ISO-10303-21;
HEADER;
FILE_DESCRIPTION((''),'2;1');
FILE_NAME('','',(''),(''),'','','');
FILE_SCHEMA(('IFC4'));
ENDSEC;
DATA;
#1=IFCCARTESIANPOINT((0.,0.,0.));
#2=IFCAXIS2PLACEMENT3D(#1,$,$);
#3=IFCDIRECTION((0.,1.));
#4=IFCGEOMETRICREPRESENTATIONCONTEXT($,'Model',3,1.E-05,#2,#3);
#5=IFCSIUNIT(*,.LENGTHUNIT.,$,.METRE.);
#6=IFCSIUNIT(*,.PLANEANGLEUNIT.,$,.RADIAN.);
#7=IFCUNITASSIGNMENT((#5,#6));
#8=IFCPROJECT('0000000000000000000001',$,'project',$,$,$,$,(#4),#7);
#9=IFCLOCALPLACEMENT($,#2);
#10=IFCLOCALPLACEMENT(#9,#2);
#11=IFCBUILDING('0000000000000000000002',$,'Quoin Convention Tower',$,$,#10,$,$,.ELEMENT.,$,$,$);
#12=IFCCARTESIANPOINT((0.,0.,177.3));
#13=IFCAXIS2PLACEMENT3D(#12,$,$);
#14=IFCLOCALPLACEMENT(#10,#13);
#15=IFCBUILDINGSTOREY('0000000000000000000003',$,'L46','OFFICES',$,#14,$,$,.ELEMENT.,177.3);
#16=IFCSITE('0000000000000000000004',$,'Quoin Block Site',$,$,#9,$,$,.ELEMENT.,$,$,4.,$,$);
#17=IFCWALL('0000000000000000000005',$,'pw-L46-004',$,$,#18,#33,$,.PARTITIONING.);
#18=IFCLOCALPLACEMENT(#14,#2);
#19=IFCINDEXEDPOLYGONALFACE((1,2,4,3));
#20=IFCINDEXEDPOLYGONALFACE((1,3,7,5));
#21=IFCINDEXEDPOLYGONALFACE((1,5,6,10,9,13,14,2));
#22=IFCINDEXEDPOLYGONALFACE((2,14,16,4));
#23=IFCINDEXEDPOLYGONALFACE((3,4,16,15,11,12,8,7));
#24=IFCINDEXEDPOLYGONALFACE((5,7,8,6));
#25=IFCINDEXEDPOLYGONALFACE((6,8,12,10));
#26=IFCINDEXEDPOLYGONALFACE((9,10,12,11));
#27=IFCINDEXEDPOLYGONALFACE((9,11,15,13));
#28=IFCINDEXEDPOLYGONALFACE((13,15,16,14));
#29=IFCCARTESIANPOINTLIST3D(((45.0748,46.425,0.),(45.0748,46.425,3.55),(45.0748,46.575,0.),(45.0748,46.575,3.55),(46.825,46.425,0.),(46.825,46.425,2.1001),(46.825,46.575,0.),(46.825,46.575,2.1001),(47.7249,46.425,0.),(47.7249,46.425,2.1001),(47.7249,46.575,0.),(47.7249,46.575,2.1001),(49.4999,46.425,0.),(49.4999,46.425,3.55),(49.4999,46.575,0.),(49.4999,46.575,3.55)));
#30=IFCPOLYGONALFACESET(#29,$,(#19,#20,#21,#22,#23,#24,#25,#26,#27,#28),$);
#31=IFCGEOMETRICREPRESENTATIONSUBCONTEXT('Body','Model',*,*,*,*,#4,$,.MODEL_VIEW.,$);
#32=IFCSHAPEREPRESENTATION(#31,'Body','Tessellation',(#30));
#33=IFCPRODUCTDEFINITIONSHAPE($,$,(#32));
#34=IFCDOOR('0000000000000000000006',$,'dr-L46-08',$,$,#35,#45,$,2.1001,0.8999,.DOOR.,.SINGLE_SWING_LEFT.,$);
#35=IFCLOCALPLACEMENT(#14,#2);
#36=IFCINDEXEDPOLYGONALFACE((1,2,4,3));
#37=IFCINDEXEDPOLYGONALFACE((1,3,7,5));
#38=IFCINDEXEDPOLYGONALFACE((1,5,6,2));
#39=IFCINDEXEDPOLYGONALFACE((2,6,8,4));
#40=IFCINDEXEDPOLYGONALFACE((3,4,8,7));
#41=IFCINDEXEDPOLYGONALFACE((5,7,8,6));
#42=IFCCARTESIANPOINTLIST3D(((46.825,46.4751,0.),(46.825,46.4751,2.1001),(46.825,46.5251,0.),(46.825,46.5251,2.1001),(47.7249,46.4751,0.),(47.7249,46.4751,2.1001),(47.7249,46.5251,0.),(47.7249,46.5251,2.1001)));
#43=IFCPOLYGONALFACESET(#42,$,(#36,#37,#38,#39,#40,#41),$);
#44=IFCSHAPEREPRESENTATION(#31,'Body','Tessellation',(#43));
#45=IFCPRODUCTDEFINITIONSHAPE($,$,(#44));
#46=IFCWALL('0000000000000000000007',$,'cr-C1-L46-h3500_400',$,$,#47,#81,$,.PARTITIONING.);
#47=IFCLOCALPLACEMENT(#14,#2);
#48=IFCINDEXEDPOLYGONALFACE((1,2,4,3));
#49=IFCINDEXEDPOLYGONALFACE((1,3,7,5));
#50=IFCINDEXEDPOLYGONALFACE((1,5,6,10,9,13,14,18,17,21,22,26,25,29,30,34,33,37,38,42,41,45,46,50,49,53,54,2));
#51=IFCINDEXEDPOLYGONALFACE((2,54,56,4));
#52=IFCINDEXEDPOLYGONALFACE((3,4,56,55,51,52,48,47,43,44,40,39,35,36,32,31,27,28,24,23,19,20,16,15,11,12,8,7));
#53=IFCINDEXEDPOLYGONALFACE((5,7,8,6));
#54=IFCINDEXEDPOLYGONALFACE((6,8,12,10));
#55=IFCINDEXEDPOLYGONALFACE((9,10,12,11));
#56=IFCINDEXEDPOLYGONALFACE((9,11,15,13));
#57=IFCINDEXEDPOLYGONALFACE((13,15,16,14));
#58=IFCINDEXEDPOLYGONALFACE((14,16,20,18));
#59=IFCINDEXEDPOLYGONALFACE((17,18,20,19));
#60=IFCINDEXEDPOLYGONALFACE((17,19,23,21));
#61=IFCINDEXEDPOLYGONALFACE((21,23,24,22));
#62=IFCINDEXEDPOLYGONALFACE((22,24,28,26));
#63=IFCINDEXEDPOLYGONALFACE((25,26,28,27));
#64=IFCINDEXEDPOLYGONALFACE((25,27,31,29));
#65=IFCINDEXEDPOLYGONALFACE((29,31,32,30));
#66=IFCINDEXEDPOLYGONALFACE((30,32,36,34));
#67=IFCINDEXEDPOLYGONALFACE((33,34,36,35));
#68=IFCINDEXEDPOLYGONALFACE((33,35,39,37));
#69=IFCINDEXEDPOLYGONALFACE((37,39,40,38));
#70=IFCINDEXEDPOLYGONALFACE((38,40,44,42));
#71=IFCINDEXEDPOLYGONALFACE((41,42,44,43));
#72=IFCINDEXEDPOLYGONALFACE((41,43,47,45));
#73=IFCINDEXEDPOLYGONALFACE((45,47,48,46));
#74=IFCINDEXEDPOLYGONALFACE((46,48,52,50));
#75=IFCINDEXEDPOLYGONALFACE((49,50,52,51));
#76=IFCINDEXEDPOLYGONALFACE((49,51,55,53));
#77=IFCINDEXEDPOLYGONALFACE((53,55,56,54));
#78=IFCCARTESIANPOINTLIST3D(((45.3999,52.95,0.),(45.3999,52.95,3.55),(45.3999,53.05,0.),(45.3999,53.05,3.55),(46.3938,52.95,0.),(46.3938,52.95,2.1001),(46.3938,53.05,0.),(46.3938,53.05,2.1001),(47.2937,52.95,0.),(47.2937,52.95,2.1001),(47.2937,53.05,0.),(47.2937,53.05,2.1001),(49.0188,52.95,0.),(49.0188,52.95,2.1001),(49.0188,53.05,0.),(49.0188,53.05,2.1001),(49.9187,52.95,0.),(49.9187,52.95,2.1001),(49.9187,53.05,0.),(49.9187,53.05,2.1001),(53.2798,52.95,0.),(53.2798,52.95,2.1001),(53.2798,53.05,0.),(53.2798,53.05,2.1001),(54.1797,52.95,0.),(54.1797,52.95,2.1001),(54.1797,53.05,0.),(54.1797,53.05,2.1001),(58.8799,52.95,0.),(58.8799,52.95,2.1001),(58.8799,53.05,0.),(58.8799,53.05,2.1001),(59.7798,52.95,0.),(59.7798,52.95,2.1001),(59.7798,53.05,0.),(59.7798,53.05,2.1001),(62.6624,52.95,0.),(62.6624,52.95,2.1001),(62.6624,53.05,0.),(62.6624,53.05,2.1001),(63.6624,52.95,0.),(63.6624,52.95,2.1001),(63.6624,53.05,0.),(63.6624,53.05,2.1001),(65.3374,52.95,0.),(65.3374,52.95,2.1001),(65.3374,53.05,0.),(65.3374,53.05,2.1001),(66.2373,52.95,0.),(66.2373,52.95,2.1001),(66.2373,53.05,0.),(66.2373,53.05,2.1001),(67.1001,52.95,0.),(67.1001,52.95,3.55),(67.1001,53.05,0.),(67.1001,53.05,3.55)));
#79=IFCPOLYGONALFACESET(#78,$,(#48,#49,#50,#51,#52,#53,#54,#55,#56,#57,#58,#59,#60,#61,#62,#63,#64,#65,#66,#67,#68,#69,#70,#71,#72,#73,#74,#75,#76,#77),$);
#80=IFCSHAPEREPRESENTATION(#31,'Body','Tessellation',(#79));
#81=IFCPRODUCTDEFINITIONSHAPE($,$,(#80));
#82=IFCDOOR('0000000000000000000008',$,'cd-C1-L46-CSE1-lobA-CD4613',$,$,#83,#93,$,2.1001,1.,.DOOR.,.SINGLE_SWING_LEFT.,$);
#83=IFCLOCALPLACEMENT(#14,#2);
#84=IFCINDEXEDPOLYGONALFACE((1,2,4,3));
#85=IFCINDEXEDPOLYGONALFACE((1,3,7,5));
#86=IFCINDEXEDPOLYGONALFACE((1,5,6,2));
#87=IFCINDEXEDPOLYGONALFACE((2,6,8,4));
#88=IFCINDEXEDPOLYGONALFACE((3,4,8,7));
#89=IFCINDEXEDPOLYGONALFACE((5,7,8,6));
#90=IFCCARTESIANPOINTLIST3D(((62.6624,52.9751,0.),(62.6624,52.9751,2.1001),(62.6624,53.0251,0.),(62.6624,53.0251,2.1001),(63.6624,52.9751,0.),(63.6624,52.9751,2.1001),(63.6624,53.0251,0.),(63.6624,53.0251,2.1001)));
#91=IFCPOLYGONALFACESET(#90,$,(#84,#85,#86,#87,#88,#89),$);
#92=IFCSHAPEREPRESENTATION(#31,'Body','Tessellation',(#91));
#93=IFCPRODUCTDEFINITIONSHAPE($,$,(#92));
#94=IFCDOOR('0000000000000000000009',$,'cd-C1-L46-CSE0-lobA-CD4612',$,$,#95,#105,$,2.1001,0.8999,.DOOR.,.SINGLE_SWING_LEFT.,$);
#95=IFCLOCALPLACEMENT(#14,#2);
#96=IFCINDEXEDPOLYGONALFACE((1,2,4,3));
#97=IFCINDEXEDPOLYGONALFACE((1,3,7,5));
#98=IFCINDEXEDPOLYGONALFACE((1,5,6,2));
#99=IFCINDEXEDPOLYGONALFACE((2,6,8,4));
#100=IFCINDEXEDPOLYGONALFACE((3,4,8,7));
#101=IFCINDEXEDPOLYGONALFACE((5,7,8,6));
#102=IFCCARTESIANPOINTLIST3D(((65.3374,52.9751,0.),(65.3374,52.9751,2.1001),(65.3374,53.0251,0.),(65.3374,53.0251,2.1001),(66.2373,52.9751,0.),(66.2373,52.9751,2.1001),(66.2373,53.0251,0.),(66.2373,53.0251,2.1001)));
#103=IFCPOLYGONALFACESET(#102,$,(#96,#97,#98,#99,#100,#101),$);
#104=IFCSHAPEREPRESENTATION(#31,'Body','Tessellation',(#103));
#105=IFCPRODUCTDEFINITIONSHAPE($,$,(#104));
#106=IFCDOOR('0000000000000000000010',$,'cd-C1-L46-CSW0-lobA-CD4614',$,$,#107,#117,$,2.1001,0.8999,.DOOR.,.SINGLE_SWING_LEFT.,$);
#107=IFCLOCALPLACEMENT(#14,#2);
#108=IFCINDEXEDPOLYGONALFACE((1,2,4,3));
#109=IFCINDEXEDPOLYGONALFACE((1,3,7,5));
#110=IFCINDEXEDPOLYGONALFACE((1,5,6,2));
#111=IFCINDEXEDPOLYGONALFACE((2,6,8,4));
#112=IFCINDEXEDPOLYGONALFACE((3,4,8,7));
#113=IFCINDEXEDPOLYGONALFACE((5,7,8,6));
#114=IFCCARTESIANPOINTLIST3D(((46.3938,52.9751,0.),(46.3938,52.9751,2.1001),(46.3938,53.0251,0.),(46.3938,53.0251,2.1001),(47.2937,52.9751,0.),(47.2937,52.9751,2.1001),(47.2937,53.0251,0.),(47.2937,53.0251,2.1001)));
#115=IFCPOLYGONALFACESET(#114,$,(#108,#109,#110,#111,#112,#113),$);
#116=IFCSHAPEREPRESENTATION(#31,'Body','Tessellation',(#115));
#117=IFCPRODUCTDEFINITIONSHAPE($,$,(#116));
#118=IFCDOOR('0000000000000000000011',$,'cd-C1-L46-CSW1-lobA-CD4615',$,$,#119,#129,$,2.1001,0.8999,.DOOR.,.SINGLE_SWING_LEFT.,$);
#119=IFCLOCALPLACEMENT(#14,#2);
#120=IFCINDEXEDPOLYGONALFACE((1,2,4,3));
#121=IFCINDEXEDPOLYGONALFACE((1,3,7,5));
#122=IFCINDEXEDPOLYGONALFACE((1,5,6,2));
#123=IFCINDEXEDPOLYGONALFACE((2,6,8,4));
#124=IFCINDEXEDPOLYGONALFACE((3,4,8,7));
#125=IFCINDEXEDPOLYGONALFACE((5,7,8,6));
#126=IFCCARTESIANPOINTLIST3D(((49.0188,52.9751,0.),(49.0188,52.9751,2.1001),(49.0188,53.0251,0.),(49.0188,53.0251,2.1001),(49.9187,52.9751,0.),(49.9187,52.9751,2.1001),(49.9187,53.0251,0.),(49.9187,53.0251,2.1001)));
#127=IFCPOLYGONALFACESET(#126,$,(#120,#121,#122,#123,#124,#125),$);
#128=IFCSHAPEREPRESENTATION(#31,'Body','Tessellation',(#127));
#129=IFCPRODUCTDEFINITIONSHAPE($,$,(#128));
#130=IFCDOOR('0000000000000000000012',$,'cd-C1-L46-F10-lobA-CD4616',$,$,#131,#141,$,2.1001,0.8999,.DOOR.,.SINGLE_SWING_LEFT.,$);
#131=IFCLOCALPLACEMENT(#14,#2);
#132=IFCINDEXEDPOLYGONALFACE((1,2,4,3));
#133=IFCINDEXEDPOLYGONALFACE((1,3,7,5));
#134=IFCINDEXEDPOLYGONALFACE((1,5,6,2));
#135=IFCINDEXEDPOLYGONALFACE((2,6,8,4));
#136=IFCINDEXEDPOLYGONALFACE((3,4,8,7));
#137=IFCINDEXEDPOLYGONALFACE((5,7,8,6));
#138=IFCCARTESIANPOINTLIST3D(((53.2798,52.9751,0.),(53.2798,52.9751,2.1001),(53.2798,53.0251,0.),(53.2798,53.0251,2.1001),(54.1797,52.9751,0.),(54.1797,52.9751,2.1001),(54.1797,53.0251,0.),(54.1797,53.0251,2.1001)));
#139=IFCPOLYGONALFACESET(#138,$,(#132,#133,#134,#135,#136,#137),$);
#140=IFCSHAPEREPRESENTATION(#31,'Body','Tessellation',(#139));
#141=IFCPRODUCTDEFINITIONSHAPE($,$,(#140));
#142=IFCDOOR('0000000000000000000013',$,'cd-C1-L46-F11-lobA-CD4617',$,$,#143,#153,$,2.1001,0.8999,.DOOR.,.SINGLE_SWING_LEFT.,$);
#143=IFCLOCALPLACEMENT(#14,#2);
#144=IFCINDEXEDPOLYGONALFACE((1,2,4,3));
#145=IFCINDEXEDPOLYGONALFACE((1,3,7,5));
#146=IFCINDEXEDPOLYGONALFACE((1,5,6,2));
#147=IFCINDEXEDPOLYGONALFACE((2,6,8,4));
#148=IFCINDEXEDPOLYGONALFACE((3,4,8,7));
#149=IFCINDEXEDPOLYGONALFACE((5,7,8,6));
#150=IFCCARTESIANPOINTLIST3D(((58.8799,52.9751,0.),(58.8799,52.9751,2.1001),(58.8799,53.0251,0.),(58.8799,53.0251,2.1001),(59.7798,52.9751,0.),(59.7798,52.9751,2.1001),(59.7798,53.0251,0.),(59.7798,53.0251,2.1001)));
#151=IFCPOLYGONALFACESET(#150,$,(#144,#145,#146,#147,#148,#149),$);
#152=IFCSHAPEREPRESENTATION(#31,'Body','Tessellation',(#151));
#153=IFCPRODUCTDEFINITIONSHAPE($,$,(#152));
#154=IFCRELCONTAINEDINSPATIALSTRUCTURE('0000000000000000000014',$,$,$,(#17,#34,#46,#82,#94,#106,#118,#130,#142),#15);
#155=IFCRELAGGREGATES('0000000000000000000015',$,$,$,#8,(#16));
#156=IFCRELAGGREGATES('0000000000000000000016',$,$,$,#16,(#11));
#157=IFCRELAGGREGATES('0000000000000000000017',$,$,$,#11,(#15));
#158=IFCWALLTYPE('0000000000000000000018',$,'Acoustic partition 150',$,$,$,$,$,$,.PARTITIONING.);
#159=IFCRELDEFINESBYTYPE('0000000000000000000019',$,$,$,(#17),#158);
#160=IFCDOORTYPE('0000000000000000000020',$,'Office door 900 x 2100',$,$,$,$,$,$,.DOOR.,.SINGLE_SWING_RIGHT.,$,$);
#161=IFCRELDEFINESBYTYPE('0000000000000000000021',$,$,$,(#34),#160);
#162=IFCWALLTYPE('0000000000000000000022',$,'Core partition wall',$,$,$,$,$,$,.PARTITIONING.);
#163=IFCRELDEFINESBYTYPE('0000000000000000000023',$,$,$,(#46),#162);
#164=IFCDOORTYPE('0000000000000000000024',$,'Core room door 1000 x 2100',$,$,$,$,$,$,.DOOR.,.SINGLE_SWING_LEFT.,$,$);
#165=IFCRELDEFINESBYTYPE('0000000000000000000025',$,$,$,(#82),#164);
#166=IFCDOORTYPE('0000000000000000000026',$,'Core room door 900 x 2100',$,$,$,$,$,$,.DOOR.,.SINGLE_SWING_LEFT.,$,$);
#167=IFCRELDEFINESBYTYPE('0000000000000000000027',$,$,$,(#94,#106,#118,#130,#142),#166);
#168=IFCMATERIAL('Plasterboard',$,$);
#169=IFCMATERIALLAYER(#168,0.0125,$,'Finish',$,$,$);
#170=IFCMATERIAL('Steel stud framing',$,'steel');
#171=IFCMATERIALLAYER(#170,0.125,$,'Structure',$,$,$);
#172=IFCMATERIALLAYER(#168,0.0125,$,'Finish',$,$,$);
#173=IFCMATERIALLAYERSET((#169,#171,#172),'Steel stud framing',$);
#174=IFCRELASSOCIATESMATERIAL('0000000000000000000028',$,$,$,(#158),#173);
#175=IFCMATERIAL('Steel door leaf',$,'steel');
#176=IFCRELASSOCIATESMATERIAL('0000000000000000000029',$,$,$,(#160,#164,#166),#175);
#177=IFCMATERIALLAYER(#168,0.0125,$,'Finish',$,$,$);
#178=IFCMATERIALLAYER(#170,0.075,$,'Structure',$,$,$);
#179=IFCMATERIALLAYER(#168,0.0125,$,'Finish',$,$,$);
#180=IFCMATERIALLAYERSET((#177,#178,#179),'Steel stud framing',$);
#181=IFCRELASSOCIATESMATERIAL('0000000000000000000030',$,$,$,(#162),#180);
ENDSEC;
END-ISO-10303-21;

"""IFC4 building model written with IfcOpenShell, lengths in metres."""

from ifc_helpers import new_model, si_unit, direction, frame, frame_2d, origin, place, context, subcontext, project, spatial, rectangle, extrude, material, layer, layer_set, type_object, element, fill, save


model = new_model("IFC4")

# Units and contexts
model_context = context("Model", 3, precision=1e-05, world=origin(), true_north=direction((0.0, 1.0)))
body_context = subcontext(model_context, "Body", "Model", "MODEL_VIEW")
ifc_project = project(units=[si_unit("LENGTHUNIT", "METRE"), si_unit("PLANEANGLEUNIT", "RADIAN")], contexts=[model_context])

# Site, building, storey
site_placement = place(None, origin())
site = spatial("IfcSite", under=ifc_project, at=site_placement, Name="Quoin Block Site", CompositionType="ELEMENT", RefElevation=4.0)
building_placement = place(site_placement, origin())
building = spatial("IfcBuilding", under=site, at=building_placement, Name="Quoin Convention Tower", CompositionType="ELEMENT")
storey_placement = place(building_placement, frame((0.0, 0.0, 177.3)))
storey = spatial("IfcBuildingStorey", under=building, at=storey_placement, Name="L46", Description="OFFICES", CompositionType="ELEMENT", Elevation=177.3)

# Wall, opening, door
ifc_material_1 = material(Name="Plasterboard")
ifc_layer_1 = layer(ifc_material_1, 0.0125, Name="Finish")
ifc_material_2 = material(Name="Steel stud framing", Category="steel")
ifc_layer_2 = layer(ifc_material_2, 0.125, Name="Structure")
ifc_layer_3 = layer(ifc_material_1, 0.0125, Name="Finish")
ifc_layer_set_1 = layer_set([ifc_layer_1, ifc_layer_2, ifc_layer_3], Name="Steel stud framing")
wall_type_1 = type_object("IfcWallType", Name="Acoustic partition 150", PredefinedType="PARTITIONING", material=ifc_layer_set_1)
wall_1_placement = place(storey_placement, frame((45.075, 46.5, 0.0), z_axis=(0.0, 0.0, 1.0), x_axis=(1.0, 0.0, 0.0)))
wall_1 = element("IfcWall", 1, at=wall_1_placement, inside=storey, type_object=wall_type_1, Name="pw-L46-004", PredefinedType="PARTITIONING", context=body_context, shape_type="SweptSolid", body=[
    extrude(rectangle(XDim=4.425, YDim=0.1499, at=frame_2d((2.2124, 0.0))), origin(), (0.0, 0.0, 1.0), 3.55),
])
opening_1_placement = place(wall_1_placement, frame((1.75, 0.0, 0.0)))
opening_1 = element("IfcOpeningElement", 2, at=opening_1_placement, cuts=wall_1, PredefinedType="OPENING", context=body_context, shape_type="SweptSolid", body=[
    extrude(rectangle(XDim=0.8999, YDim=2.1001, at=frame_2d((0.45, 1.05))), frame((0.0, 0.085, 0.0), z_axis=(0.0, -1.0, 0.0), x_axis=(1.0, 0.0, 0.0)), (0.0, 0.0, 1.0), 0.1699),
])
ifc_material_3 = material(Name="Steel door leaf", Category="steel")
door_type_1 = type_object("IfcDoorType", Name="Office door 900 x 2100", OperationType="SINGLE_SWING_RIGHT", PredefinedType="DOOR", material=ifc_material_3)
door_1_placement = place(opening_1_placement, frame((0.8999, 0.0, 0.0), z_axis=(0.0, 0.0, 1.0), x_axis=(-1.0, 0.0, 0.0)))
door_1 = element("IfcDoor", 3, at=door_1_placement, inside=storey, type_object=door_type_1, Name="dr-L46-08", OperationType="SINGLE_SWING_LEFT", OverallHeight=2.1001, OverallWidth=0.8999, PredefinedType="DOOR", context=body_context, shape_type="SweptSolid", body=[
    extrude(rectangle(XDim=0.8999, YDim=2.1001, at=frame_2d((0.45, 1.05))), frame((0.0, 0.0249, 0.0), z_axis=(0.0, -1.0, 0.0), x_axis=(1.0, 0.0, 0.0)), (0.0, 0.0, 1.0), 0.05),
])
fill(opening_1, door_1)

# Wall, openings, doors
ifc_layer_4 = layer(ifc_material_1, 0.0125, Name="Finish")
ifc_layer_5 = layer(ifc_material_2, 0.075, Name="Structure")
ifc_layer_6 = layer(ifc_material_1, 0.0125, Name="Finish")
ifc_layer_set_2 = layer_set([ifc_layer_4, ifc_layer_5, ifc_layer_6], Name="Steel stud framing")
wall_type_2 = type_object("IfcWallType", Name="Core partition wall", PredefinedType="PARTITIONING", material=ifc_layer_set_2)
wall_2_placement = place(storey_placement, frame((45.3999, 53.0, 0.0), z_axis=(0.0, 0.0, 1.0), x_axis=(1.0, 0.0, 0.0)))
wall_2 = element("IfcWall", 4, at=wall_2_placement, inside=storey, type_object=wall_type_2, Name="cr-C1-L46-h3500_400", PredefinedType="PARTITIONING", context=body_context, shape_type="SweptSolid", body=[
    extrude(rectangle(XDim=21.7002, YDim=0.1001, at=frame_2d((10.8501, 0.0))), origin(), (0.0, 0.0, 1.0), 3.55),
])
opening_2_placement = place(wall_2_placement, frame((19.9375, 0.0, 0.0)))
opening_2 = element("IfcOpeningElement", 5, at=opening_2_placement, cuts=wall_2, PredefinedType="OPENING", context=body_context, shape_type="SweptSolid", body=[
    extrude(rectangle(XDim=0.8999, YDim=2.1001, at=frame_2d((0.45, 1.05))), frame((0.0, 0.0601, 0.0), z_axis=(0.0, -1.0, 0.0), x_axis=(1.0, 0.0, 0.0)), (0.0, 0.0, 1.0), 0.1201),
])
opening_3_placement = place(wall_2_placement, frame((17.2625, 0.0, 0.0)))
opening_3 = element("IfcOpeningElement", 6, at=opening_3_placement, cuts=wall_2, PredefinedType="OPENING", context=body_context, shape_type="SweptSolid", body=[
    extrude(rectangle(XDim=1.0, YDim=2.1001, at=frame_2d((0.5, 1.05))), frame((0.0, 0.0601, 0.0), z_axis=(0.0, -1.0, 0.0), x_axis=(1.0, 0.0, 0.0)), (0.0, 0.0, 1.0), 0.1201),
])
opening_4_placement = place(wall_2_placement, frame((0.9939, 0.0, 0.0)))
opening_4 = element("IfcOpeningElement", 7, at=opening_4_placement, cuts=wall_2, PredefinedType="OPENING", context=body_context, shape_type="SweptSolid", body=[
    extrude(rectangle(XDim=0.8999, YDim=2.1001, at=frame_2d((0.45, 1.05))), frame((0.0, 0.0601, 0.0), z_axis=(0.0, -1.0, 0.0), x_axis=(1.0, 0.0, 0.0)), (0.0, 0.0, 1.0), 0.1201),
])
opening_5_placement = place(wall_2_placement, frame((3.6189, 0.0, 0.0)))
opening_5 = element("IfcOpeningElement", 8, at=opening_5_placement, cuts=wall_2, PredefinedType="OPENING", context=body_context, shape_type="SweptSolid", body=[
    extrude(rectangle(XDim=0.8999, YDim=2.1001, at=frame_2d((0.45, 1.05))), frame((0.0, 0.0601, 0.0), z_axis=(0.0, -1.0, 0.0), x_axis=(1.0, 0.0, 0.0)), (0.0, 0.0, 1.0), 0.1201),
])
opening_6_placement = place(wall_2_placement, frame((7.8799, 0.0, 0.0)))
opening_6 = element("IfcOpeningElement", 9, at=opening_6_placement, cuts=wall_2, PredefinedType="OPENING", context=body_context, shape_type="SweptSolid", body=[
    extrude(rectangle(XDim=0.8999, YDim=2.1001, at=frame_2d((0.45, 1.05))), frame((0.0, 0.0601, 0.0), z_axis=(0.0, -1.0, 0.0), x_axis=(1.0, 0.0, 0.0)), (0.0, 0.0, 1.0), 0.1201),
])
opening_7_placement = place(wall_2_placement, frame((13.48, 0.0, 0.0)))
opening_7 = element("IfcOpeningElement", 10, at=opening_7_placement, cuts=wall_2, PredefinedType="OPENING", context=body_context, shape_type="SweptSolid", body=[
    extrude(rectangle(XDim=0.8999, YDim=2.1001, at=frame_2d((0.45, 1.05))), frame((0.0, 0.0601, 0.0), z_axis=(0.0, -1.0, 0.0), x_axis=(1.0, 0.0, 0.0)), (0.0, 0.0, 1.0), 0.1201),
])
door_type_2 = type_object("IfcDoorType", Name="Core room door 1000 x 2100", OperationType="SINGLE_SWING_LEFT", PredefinedType="DOOR", material=ifc_material_3)
door_2_placement = place(opening_3_placement, frame((1.0, 0.0, 0.0), z_axis=(0.0, 0.0, 1.0), x_axis=(-1.0, 0.0, 0.0)))
door_2 = element("IfcDoor", 11, at=door_2_placement, inside=storey, type_object=door_type_2, Name="cd-C1-L46-CSE1-lobA-CD4613", OperationType="SINGLE_SWING_LEFT", OverallHeight=2.1001, OverallWidth=1.0, PredefinedType="DOOR", context=body_context, shape_type="SweptSolid", body=[
    extrude(rectangle(XDim=1.0, YDim=2.1001, at=frame_2d((0.5, 1.05))), frame((0.0, 0.0249, 0.0), z_axis=(0.0, -1.0, 0.0), x_axis=(1.0, 0.0, 0.0)), (0.0, 0.0, 1.0), 0.05),
])
fill(opening_3, door_2)
door_type_3 = type_object("IfcDoorType", Name="Core room door 900 x 2100", OperationType="SINGLE_SWING_LEFT", PredefinedType="DOOR", material=ifc_material_3)
door_3_placement = place(opening_2_placement, frame((0.8999, 0.0, 0.0), z_axis=(0.0, 0.0, 1.0), x_axis=(-1.0, 0.0, 0.0)))
door_3 = element("IfcDoor", 12, at=door_3_placement, inside=storey, type_object=door_type_3, Name="cd-C1-L46-CSE0-lobA-CD4612", OperationType="SINGLE_SWING_LEFT", OverallHeight=2.1001, OverallWidth=0.8999, PredefinedType="DOOR", context=body_context, shape_type="SweptSolid", body=[
    extrude(rectangle(XDim=0.8999, YDim=2.1001, at=frame_2d((0.45, 1.05))), frame((0.0, 0.0249, 0.0), z_axis=(0.0, -1.0, 0.0), x_axis=(1.0, 0.0, 0.0)), (0.0, 0.0, 1.0), 0.05),
])
fill(opening_2, door_3)
door_4_placement = place(opening_4_placement, frame((0.8999, 0.0, 0.0), z_axis=(0.0, 0.0, 1.0), x_axis=(-1.0, 0.0, 0.0)))
door_4 = element("IfcDoor", 13, at=door_4_placement, inside=storey, type_object=door_type_3, Name="cd-C1-L46-CSW0-lobA-CD4614", OperationType="SINGLE_SWING_LEFT", OverallHeight=2.1001, OverallWidth=0.8999, PredefinedType="DOOR", context=body_context, shape_type="SweptSolid", body=[
    extrude(rectangle(XDim=0.8999, YDim=2.1001, at=frame_2d((0.45, 1.05))), frame((0.0, 0.0249, 0.0), z_axis=(0.0, -1.0, 0.0), x_axis=(1.0, 0.0, 0.0)), (0.0, 0.0, 1.0), 0.05),
])
fill(opening_4, door_4)
door_5_placement = place(opening_5_placement, frame((0.8999, 0.0, 0.0), z_axis=(0.0, 0.0, 1.0), x_axis=(-1.0, 0.0, 0.0)))
door_5 = element("IfcDoor", 14, at=door_5_placement, inside=storey, type_object=door_type_3, Name="cd-C1-L46-CSW1-lobA-CD4615", OperationType="SINGLE_SWING_LEFT", OverallHeight=2.1001, OverallWidth=0.8999, PredefinedType="DOOR", context=body_context, shape_type="SweptSolid", body=[
    extrude(rectangle(XDim=0.8999, YDim=2.1001, at=frame_2d((0.45, 1.05))), frame((0.0, 0.0249, 0.0), z_axis=(0.0, -1.0, 0.0), x_axis=(1.0, 0.0, 0.0)), (0.0, 0.0, 1.0), 0.05),
])
fill(opening_5, door_5)
door_6_placement = place(opening_6_placement, frame((0.8999, 0.0, 0.0), z_axis=(0.0, 0.0, 1.0), x_axis=(-1.0, 0.0, 0.0)))
door_6 = element("IfcDoor", 15, at=door_6_placement, inside=storey, type_object=door_type_3, Name="cd-C1-L46-F10-lobA-CD4616", OperationType="SINGLE_SWING_LEFT", OverallHeight=2.1001, OverallWidth=0.8999, PredefinedType="DOOR", context=body_context, shape_type="SweptSolid", body=[
    extrude(rectangle(XDim=0.8999, YDim=2.1001, at=frame_2d((0.45, 1.05))), frame((0.0, 0.0249, 0.0), z_axis=(0.0, -1.0, 0.0), x_axis=(1.0, 0.0, 0.0)), (0.0, 0.0, 1.0), 0.05),
])
fill(opening_6, door_6)
door_7_placement = place(opening_7_placement, frame((0.8999, 0.0, 0.0), z_axis=(0.0, 0.0, 1.0), x_axis=(-1.0, 0.0, 0.0)))
door_7 = element("IfcDoor", 16, at=door_7_placement, inside=storey, type_object=door_type_3, Name="cd-C1-L46-F11-lobA-CD4617", OperationType="SINGLE_SWING_LEFT", OverallHeight=2.1001, OverallWidth=0.8999, PredefinedType="DOOR", context=body_context, shape_type="SweptSolid", body=[
    extrude(rectangle(XDim=0.8999, YDim=2.1001, at=frame_2d((0.45, 1.05))), frame((0.0, 0.0249, 0.0), z_axis=(0.0, -1.0, 0.0), x_axis=(1.0, 0.0, 0.0)), (0.0, 0.0, 1.0), 0.05),
])
fill(opening_7, door_7)

save(model, "model.ifc")
